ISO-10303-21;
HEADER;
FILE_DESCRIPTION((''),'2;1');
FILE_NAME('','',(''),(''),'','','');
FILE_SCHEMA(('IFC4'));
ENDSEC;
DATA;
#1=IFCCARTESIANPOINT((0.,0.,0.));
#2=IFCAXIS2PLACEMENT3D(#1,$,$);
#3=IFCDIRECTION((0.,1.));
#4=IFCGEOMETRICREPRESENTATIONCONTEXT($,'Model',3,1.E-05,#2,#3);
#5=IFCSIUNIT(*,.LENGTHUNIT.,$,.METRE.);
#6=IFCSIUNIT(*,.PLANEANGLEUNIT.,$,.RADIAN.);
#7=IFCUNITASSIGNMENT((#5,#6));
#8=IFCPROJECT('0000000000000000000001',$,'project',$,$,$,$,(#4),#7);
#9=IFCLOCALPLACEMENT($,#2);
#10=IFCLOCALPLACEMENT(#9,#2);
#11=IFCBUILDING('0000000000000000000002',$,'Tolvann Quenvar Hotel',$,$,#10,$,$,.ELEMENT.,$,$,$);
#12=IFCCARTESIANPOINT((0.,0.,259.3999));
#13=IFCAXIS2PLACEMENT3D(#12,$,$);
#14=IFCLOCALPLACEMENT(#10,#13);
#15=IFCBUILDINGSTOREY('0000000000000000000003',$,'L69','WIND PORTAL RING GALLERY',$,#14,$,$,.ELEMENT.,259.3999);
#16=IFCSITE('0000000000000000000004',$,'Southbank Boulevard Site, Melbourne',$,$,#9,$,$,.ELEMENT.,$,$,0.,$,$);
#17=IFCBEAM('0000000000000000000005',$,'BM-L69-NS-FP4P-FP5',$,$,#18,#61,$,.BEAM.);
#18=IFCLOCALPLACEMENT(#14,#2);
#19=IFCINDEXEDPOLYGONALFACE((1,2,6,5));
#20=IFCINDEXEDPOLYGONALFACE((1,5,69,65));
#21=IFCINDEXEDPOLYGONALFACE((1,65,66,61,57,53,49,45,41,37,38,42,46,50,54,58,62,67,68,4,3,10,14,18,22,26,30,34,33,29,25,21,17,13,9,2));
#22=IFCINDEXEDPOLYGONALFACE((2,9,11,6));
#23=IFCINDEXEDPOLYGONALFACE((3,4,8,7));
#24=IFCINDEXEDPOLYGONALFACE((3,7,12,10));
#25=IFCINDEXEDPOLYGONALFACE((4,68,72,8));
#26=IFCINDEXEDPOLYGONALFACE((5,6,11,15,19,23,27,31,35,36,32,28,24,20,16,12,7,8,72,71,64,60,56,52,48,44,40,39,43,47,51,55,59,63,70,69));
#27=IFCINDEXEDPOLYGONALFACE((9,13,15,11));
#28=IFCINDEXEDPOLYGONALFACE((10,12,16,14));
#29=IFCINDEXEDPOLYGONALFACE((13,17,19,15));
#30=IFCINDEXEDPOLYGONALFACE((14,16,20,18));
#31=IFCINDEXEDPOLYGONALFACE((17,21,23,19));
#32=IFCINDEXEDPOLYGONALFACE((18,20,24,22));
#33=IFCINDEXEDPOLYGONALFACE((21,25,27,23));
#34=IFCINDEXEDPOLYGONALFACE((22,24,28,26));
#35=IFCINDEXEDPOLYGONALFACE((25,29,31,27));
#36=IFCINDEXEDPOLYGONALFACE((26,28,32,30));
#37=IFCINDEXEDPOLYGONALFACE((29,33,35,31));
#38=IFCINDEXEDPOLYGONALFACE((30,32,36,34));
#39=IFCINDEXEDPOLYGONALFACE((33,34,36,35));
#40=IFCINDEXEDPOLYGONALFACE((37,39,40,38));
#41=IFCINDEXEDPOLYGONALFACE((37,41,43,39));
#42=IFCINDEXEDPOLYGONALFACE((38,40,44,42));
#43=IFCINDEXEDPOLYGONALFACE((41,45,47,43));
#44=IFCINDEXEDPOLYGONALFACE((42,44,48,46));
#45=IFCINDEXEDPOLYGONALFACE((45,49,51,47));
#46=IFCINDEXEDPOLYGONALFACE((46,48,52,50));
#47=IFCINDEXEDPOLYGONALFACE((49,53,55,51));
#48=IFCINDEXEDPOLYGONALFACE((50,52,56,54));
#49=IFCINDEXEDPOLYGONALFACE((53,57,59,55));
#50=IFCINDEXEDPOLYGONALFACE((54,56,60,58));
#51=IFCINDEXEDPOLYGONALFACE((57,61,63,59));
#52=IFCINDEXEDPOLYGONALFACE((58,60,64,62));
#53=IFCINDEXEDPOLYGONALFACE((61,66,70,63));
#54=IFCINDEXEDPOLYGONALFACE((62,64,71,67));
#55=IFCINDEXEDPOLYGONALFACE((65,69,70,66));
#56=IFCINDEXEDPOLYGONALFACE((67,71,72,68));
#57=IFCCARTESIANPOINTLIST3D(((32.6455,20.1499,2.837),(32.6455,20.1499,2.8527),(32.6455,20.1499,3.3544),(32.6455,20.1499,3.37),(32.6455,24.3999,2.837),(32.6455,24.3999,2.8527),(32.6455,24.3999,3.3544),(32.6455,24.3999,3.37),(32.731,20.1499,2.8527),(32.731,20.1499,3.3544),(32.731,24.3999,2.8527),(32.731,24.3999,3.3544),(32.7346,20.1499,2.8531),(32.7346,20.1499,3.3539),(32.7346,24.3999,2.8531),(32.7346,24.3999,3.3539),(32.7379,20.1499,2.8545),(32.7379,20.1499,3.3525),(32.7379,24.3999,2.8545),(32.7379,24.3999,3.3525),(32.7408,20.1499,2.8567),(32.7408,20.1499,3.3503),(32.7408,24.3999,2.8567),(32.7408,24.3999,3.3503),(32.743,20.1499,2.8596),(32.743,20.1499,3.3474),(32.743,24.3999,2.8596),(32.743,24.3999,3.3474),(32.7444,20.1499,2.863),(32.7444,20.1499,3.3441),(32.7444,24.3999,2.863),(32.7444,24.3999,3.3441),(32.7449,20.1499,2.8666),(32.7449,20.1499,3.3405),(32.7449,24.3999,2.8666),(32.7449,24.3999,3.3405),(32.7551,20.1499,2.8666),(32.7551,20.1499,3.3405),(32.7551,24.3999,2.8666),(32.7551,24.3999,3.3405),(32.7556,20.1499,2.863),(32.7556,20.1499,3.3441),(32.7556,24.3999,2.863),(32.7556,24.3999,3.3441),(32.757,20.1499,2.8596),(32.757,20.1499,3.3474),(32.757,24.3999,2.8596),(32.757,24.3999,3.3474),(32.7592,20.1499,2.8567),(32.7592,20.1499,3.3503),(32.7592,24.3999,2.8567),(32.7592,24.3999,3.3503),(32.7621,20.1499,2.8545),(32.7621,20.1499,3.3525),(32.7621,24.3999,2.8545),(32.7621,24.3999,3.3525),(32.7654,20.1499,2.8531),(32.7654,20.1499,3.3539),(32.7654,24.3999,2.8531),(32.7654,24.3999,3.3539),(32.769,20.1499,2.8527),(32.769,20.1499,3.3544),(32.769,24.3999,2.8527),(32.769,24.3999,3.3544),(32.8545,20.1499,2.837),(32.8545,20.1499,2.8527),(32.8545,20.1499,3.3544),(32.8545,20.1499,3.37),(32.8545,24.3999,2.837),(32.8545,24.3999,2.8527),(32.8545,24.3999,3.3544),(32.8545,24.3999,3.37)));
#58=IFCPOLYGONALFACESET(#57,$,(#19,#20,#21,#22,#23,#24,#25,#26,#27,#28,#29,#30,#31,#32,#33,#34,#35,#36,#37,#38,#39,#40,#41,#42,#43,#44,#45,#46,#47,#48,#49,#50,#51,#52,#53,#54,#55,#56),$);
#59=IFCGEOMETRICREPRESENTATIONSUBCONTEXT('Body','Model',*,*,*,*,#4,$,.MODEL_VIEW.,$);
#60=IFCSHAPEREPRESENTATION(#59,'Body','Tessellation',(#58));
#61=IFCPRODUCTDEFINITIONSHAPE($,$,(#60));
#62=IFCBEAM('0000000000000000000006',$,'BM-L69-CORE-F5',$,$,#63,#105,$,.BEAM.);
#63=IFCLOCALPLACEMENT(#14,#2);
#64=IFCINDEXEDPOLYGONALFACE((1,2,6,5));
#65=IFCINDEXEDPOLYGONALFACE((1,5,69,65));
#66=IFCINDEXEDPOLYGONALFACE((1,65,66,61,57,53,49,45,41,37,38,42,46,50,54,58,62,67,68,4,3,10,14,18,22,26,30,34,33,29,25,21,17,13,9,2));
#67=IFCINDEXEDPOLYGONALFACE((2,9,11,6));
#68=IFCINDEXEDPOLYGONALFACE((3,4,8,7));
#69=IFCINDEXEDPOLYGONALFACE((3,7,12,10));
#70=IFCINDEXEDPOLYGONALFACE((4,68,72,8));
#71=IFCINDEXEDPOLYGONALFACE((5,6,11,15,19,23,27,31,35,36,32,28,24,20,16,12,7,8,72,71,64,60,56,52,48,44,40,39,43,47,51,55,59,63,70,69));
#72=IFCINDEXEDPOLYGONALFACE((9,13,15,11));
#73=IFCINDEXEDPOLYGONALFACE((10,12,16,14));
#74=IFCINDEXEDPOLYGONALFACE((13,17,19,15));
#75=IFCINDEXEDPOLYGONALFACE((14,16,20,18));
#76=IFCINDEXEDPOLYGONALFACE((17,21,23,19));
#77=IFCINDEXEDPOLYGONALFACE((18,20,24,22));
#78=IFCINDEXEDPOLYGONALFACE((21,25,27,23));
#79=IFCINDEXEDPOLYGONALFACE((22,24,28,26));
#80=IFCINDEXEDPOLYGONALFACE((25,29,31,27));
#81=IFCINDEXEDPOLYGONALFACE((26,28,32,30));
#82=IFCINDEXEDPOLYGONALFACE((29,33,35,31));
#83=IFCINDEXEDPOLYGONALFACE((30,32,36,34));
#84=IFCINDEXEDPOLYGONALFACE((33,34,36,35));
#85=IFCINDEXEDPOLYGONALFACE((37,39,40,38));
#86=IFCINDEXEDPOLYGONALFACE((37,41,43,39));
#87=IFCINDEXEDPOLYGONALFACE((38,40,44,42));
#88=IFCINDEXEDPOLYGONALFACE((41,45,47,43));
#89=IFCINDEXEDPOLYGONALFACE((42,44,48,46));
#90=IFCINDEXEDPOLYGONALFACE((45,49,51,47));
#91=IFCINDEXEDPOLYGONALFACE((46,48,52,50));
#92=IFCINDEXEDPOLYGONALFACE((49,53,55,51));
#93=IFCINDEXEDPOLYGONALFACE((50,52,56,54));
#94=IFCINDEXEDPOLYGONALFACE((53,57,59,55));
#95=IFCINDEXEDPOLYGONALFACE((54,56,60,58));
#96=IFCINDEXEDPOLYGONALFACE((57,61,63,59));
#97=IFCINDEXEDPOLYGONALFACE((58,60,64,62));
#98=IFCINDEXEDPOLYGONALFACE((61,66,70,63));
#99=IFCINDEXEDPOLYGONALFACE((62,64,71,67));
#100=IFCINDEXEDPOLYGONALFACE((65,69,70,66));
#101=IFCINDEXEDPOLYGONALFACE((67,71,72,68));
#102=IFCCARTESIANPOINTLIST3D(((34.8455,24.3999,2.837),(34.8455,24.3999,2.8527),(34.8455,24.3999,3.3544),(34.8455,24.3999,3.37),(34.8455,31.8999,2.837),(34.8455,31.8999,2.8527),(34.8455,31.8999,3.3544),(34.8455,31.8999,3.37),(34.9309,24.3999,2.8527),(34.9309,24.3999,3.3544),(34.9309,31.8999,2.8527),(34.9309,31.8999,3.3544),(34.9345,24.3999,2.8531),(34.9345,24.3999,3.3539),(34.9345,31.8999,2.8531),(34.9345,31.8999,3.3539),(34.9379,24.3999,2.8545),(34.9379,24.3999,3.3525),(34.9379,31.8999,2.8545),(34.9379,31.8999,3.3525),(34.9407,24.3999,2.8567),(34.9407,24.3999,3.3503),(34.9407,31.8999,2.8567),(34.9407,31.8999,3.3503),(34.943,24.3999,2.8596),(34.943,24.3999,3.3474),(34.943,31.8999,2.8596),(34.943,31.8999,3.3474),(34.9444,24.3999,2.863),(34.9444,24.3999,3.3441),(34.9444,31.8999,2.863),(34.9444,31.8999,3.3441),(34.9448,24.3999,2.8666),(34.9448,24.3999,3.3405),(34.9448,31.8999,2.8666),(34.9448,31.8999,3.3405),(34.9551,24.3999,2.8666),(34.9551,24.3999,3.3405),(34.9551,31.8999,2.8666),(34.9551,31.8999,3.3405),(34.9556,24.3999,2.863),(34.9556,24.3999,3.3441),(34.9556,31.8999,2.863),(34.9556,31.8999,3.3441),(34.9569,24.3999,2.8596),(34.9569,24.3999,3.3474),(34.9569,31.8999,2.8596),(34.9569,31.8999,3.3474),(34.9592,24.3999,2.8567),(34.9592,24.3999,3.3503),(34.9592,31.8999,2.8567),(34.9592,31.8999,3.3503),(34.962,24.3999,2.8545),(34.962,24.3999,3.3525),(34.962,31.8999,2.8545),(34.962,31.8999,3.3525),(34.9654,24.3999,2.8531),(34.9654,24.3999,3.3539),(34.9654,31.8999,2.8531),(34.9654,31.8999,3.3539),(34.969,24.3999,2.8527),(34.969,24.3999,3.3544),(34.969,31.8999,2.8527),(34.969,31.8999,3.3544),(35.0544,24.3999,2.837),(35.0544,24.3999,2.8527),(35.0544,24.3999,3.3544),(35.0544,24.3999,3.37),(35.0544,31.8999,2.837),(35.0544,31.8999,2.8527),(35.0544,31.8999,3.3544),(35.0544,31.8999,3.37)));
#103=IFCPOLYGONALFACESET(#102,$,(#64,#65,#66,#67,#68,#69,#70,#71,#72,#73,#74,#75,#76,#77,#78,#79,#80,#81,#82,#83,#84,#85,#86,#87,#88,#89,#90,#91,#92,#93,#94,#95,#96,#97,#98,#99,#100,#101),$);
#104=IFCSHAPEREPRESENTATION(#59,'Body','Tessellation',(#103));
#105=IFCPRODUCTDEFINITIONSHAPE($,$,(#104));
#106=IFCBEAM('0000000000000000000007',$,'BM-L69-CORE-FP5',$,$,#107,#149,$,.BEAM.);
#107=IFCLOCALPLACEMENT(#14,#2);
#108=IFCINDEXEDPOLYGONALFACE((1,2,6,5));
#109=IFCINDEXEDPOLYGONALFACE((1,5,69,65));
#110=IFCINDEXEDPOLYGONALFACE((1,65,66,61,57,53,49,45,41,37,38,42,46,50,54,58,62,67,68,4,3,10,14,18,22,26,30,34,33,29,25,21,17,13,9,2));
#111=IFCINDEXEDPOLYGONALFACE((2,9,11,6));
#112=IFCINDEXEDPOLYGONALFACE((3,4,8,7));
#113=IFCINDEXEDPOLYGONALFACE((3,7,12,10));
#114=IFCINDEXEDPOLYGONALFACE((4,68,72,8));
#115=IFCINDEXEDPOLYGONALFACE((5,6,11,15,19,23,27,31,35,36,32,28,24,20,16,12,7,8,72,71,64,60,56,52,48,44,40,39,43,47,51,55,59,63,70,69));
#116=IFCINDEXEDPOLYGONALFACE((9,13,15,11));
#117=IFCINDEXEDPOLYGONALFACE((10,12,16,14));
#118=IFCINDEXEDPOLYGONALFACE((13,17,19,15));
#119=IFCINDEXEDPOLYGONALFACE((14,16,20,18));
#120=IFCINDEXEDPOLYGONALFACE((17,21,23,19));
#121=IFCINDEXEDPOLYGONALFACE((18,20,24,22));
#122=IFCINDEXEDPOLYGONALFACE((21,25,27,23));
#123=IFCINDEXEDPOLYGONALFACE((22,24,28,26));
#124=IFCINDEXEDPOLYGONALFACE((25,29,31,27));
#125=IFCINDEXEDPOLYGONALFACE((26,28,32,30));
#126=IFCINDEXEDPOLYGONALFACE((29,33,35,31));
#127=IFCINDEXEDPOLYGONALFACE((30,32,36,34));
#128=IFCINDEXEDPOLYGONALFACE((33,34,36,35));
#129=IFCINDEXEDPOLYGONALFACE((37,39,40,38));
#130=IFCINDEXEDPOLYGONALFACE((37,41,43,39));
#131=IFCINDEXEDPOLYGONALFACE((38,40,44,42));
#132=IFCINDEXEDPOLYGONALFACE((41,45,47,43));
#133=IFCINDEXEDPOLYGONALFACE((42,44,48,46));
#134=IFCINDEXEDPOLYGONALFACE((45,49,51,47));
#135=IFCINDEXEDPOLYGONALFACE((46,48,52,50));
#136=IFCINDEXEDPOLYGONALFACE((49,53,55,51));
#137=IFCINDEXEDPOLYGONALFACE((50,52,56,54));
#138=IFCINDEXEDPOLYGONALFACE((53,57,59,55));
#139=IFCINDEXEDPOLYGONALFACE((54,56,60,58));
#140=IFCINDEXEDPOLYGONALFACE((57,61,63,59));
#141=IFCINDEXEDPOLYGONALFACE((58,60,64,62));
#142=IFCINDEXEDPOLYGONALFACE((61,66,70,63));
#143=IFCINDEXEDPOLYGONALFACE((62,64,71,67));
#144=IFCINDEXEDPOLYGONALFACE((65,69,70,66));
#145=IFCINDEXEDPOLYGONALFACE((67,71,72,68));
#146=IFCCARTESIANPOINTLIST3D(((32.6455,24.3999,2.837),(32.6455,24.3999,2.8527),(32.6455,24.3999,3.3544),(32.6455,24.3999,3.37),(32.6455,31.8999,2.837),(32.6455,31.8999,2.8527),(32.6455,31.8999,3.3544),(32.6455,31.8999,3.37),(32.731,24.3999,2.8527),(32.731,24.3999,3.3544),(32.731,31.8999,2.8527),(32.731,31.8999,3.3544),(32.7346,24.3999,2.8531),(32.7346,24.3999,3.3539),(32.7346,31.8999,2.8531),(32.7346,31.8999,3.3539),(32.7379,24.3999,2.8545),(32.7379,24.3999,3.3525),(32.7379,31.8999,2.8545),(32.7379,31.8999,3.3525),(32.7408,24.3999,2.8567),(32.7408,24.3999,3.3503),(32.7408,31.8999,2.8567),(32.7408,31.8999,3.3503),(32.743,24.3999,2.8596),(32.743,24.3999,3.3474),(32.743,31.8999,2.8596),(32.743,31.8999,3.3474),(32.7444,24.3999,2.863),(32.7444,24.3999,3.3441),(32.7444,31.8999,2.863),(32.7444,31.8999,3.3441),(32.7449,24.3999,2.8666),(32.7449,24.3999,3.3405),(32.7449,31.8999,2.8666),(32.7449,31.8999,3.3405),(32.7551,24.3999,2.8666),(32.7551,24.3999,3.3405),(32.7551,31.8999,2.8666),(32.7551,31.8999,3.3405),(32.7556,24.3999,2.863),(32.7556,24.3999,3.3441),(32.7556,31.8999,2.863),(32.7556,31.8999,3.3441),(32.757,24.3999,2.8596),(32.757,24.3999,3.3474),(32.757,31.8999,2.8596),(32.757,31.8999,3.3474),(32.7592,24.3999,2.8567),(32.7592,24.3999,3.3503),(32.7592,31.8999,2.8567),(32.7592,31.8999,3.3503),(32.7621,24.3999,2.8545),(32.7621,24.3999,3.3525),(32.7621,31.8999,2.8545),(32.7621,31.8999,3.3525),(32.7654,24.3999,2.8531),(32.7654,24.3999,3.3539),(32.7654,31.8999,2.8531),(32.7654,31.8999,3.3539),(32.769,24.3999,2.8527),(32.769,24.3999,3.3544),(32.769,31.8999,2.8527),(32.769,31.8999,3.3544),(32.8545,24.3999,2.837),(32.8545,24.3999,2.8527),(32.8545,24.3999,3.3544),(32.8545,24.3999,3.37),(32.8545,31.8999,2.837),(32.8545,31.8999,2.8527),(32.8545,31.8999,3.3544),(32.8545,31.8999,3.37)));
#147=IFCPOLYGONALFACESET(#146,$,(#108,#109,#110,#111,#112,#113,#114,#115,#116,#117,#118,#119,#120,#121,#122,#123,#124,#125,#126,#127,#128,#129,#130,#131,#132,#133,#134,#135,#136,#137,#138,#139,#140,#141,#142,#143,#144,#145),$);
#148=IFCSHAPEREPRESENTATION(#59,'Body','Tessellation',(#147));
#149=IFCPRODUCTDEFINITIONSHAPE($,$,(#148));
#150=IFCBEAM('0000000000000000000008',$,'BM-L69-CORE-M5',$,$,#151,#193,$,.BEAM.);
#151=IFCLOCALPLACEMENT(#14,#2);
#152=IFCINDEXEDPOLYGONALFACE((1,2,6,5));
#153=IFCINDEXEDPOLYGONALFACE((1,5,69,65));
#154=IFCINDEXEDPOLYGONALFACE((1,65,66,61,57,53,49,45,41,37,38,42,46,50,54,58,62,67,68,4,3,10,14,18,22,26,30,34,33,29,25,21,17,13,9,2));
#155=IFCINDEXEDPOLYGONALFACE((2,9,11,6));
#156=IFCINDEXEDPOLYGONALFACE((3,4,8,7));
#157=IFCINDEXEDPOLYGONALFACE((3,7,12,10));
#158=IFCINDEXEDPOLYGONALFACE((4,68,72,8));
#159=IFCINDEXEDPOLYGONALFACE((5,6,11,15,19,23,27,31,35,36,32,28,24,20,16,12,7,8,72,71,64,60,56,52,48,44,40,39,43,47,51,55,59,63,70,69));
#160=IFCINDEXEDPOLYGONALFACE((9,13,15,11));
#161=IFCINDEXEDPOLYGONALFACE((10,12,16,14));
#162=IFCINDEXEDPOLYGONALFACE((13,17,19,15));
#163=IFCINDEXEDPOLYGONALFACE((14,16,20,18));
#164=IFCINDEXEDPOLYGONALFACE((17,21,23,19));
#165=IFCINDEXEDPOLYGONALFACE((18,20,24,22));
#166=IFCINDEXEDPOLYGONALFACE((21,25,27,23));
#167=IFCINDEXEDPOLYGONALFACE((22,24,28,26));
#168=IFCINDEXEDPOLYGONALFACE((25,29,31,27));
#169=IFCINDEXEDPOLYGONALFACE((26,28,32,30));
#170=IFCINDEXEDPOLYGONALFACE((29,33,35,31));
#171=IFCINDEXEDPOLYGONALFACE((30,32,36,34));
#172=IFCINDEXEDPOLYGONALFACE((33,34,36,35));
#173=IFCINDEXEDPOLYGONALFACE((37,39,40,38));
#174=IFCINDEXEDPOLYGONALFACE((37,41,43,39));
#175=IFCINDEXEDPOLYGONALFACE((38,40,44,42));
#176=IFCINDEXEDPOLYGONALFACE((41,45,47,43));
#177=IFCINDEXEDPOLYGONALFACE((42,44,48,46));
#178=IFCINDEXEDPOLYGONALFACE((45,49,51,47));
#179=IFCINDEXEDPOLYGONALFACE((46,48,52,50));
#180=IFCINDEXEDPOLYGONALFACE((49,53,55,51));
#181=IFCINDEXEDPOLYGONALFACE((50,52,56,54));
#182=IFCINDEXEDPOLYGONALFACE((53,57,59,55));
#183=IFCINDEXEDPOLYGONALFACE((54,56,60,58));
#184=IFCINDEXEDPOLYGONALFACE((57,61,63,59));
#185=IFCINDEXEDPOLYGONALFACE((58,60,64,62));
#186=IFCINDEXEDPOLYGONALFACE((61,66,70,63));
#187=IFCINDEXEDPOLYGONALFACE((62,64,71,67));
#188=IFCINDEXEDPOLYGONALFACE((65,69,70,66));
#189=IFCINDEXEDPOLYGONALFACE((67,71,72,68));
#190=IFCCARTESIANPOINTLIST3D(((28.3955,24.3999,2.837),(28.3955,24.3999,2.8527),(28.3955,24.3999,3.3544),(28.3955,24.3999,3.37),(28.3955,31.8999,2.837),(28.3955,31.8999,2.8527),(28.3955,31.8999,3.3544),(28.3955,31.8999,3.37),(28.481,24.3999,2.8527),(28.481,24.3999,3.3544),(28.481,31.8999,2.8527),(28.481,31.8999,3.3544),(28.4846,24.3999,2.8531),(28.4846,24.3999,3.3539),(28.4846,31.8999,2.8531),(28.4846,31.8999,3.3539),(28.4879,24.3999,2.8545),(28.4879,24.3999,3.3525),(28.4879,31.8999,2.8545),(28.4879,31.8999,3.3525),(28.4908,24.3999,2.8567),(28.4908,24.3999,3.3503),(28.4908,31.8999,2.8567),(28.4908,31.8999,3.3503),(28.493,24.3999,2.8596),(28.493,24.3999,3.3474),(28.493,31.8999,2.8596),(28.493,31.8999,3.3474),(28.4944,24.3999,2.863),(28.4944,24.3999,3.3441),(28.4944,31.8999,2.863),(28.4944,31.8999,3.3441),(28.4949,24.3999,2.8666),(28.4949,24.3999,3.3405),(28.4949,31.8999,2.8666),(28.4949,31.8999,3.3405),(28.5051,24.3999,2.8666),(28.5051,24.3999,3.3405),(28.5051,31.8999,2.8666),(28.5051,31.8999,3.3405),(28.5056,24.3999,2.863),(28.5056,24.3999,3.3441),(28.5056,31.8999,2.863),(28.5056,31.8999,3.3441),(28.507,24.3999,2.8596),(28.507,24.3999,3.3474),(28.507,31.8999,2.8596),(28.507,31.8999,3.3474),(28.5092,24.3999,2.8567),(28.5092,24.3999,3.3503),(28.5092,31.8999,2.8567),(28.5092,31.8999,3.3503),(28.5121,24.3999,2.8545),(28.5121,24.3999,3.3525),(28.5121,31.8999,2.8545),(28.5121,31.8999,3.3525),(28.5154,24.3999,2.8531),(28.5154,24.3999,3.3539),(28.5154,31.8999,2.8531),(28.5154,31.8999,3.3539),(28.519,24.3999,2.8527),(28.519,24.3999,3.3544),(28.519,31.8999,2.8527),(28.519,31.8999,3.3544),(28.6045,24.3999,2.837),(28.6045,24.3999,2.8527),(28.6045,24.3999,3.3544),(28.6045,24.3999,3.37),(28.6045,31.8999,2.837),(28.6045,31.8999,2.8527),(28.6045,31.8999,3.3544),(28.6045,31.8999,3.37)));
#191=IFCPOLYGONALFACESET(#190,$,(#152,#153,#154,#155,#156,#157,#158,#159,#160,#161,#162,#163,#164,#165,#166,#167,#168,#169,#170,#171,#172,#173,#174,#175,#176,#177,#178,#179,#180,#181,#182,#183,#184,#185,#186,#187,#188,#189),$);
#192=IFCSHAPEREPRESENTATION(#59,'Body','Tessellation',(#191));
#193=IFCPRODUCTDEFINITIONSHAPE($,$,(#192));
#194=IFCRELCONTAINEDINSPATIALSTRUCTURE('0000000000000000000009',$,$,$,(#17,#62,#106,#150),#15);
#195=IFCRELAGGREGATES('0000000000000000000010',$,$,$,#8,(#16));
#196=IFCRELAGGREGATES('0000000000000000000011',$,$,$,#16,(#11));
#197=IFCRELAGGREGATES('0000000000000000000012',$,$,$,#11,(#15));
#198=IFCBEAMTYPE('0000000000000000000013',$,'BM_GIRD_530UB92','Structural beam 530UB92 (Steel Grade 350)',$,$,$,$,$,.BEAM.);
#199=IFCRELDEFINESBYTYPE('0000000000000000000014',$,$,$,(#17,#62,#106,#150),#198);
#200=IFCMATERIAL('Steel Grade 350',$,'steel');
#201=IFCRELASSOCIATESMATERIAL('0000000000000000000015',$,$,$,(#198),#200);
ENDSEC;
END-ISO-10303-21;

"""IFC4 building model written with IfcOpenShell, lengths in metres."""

from ifc_helpers import new_model, si_unit, direction, frame, origin, origin_2d, place, context, subcontext, project, spatial, i_section, extrude, source, transform, mapped, material, material_profile, profile_set, type_object, element, save


model = new_model("IFC4")

# Units and contexts
model_context = context("Model", 3, precision=1e-05, world=origin(), true_north=direction((0.0, 1.0)))
body_context = subcontext(model_context, "Body", "Model", "MODEL_VIEW")
ifc_project = project(units=[si_unit("LENGTHUNIT", "METRE"), si_unit("PLANEANGLEUNIT", "RADIAN")], contexts=[model_context])

# Site, building, storey
site_placement = place(None, origin())
site = spatial("IfcSite", under=ifc_project, at=site_placement, Name="Southbank Boulevard Site, Melbourne", CompositionType="ELEMENT", RefElevation=0.0)
building_placement = place(site_placement, origin())
building = spatial("IfcBuilding", under=site, at=building_placement, Name="Tolvann Quenvar Hotel", CompositionType="ELEMENT")
storey_placement = place(building_placement, frame((0.0, 0.0, 259.3999)))
storey = spatial("IfcBuildingStorey", under=building, at=storey_placement, Name="L69", Description="WIND PORTAL RING GALLERY", CompositionType="ELEMENT", Elevation=259.3999)

# Shared definitions
ifc_material_1 = material(Name="Steel Grade 350", Category="steel")

# Beams
ifc_material_profile_1 = material_profile(ifc_material_1, i_section(OverallWidth=0.209, OverallDepth=0.533, WebThickness=0.0103, FlangeThickness=0.0156, FilletRadius=0.0139, at=origin_2d()), Name="530UB92")
ifc_profile_set_1 = profile_set([ifc_material_profile_1], Name="Steel Grade 350")
beam_type_1 = type_object("IfcBeamType", Name="BM_GIRD_530UB92", Description="Structural beam 530UB92 (Steel Grade 350)", PredefinedType="BEAM", material=ifc_profile_set_1)
shared_shape_1 = source(origin(), body_context, "Body", "SweptSolid", [
    extrude(i_section(OverallWidth=0.209, OverallDepth=0.533, WebThickness=0.0103, FlangeThickness=0.0156, FilletRadius=0.0139, at=origin_2d()), origin(), (0.0, 0.0, 1.0), 4.25),
])
beam_1_placement = place(storey_placement, frame((32.75, 20.1499, 3.1035), z_axis=(0.0, 1.0, 0.0), x_axis=(-1.0, 0.0, 0.0)))
element("IfcBeam", 1, at=beam_1_placement, inside=storey, type_object=beam_type_1, Name="BM-L69-NS-FP4P-FP5", PredefinedType="BEAM", context=body_context, shape_type="MappedRepresentation", body=[
    mapped(shared_shape_1, transform((0.0, 0.0, 0.0), x_axis=(1.0, 0.0, 0.0), y_axis=(0.0, 1.0, 0.0), z_axis=(0.0, 0.0, 1.0), scale=1.0)),
])
shared_shape_2 = source(origin(), body_context, "Body", "SweptSolid", [
    extrude(i_section(OverallWidth=0.209, OverallDepth=0.533, WebThickness=0.0103, FlangeThickness=0.0156, FilletRadius=0.0139, at=origin_2d()), origin(), (0.0, 0.0, 1.0), 7.5),
])
for number, where, z_axis, x_axis, name in (
    (2, (34.95, 24.3999, 3.1035), (0.0, 1.0, 0.0), (-1.0, 0.0, 0.0), "BM-L69-CORE-F5"),
    (3, (32.75, 24.3999, 3.1035), (0.0, 1.0, 0.0), (-1.0, 0.0, 0.0), "BM-L69-CORE-FP5"),
    (4, (28.5, 24.3999, 3.1035), (0.0, 1.0, 0.0), (-1.0, 0.0, 0.0), "BM-L69-CORE-M5"),
):
    element("IfcBeam", number, at=place(storey_placement, frame(where, z_axis=z_axis, x_axis=x_axis)), inside=storey, type_object=beam_type_1, Name=name, PredefinedType="BEAM", context=body_context, shape_type="MappedRepresentation", body=[
        mapped(shared_shape_2, transform((0.0, 0.0, 0.0), x_axis=(1.0, 0.0, 0.0), y_axis=(0.0, 1.0, 0.0), z_axis=(0.0, 0.0, 1.0), scale=1.0)),
    ])

save(model, "model.ifc")
